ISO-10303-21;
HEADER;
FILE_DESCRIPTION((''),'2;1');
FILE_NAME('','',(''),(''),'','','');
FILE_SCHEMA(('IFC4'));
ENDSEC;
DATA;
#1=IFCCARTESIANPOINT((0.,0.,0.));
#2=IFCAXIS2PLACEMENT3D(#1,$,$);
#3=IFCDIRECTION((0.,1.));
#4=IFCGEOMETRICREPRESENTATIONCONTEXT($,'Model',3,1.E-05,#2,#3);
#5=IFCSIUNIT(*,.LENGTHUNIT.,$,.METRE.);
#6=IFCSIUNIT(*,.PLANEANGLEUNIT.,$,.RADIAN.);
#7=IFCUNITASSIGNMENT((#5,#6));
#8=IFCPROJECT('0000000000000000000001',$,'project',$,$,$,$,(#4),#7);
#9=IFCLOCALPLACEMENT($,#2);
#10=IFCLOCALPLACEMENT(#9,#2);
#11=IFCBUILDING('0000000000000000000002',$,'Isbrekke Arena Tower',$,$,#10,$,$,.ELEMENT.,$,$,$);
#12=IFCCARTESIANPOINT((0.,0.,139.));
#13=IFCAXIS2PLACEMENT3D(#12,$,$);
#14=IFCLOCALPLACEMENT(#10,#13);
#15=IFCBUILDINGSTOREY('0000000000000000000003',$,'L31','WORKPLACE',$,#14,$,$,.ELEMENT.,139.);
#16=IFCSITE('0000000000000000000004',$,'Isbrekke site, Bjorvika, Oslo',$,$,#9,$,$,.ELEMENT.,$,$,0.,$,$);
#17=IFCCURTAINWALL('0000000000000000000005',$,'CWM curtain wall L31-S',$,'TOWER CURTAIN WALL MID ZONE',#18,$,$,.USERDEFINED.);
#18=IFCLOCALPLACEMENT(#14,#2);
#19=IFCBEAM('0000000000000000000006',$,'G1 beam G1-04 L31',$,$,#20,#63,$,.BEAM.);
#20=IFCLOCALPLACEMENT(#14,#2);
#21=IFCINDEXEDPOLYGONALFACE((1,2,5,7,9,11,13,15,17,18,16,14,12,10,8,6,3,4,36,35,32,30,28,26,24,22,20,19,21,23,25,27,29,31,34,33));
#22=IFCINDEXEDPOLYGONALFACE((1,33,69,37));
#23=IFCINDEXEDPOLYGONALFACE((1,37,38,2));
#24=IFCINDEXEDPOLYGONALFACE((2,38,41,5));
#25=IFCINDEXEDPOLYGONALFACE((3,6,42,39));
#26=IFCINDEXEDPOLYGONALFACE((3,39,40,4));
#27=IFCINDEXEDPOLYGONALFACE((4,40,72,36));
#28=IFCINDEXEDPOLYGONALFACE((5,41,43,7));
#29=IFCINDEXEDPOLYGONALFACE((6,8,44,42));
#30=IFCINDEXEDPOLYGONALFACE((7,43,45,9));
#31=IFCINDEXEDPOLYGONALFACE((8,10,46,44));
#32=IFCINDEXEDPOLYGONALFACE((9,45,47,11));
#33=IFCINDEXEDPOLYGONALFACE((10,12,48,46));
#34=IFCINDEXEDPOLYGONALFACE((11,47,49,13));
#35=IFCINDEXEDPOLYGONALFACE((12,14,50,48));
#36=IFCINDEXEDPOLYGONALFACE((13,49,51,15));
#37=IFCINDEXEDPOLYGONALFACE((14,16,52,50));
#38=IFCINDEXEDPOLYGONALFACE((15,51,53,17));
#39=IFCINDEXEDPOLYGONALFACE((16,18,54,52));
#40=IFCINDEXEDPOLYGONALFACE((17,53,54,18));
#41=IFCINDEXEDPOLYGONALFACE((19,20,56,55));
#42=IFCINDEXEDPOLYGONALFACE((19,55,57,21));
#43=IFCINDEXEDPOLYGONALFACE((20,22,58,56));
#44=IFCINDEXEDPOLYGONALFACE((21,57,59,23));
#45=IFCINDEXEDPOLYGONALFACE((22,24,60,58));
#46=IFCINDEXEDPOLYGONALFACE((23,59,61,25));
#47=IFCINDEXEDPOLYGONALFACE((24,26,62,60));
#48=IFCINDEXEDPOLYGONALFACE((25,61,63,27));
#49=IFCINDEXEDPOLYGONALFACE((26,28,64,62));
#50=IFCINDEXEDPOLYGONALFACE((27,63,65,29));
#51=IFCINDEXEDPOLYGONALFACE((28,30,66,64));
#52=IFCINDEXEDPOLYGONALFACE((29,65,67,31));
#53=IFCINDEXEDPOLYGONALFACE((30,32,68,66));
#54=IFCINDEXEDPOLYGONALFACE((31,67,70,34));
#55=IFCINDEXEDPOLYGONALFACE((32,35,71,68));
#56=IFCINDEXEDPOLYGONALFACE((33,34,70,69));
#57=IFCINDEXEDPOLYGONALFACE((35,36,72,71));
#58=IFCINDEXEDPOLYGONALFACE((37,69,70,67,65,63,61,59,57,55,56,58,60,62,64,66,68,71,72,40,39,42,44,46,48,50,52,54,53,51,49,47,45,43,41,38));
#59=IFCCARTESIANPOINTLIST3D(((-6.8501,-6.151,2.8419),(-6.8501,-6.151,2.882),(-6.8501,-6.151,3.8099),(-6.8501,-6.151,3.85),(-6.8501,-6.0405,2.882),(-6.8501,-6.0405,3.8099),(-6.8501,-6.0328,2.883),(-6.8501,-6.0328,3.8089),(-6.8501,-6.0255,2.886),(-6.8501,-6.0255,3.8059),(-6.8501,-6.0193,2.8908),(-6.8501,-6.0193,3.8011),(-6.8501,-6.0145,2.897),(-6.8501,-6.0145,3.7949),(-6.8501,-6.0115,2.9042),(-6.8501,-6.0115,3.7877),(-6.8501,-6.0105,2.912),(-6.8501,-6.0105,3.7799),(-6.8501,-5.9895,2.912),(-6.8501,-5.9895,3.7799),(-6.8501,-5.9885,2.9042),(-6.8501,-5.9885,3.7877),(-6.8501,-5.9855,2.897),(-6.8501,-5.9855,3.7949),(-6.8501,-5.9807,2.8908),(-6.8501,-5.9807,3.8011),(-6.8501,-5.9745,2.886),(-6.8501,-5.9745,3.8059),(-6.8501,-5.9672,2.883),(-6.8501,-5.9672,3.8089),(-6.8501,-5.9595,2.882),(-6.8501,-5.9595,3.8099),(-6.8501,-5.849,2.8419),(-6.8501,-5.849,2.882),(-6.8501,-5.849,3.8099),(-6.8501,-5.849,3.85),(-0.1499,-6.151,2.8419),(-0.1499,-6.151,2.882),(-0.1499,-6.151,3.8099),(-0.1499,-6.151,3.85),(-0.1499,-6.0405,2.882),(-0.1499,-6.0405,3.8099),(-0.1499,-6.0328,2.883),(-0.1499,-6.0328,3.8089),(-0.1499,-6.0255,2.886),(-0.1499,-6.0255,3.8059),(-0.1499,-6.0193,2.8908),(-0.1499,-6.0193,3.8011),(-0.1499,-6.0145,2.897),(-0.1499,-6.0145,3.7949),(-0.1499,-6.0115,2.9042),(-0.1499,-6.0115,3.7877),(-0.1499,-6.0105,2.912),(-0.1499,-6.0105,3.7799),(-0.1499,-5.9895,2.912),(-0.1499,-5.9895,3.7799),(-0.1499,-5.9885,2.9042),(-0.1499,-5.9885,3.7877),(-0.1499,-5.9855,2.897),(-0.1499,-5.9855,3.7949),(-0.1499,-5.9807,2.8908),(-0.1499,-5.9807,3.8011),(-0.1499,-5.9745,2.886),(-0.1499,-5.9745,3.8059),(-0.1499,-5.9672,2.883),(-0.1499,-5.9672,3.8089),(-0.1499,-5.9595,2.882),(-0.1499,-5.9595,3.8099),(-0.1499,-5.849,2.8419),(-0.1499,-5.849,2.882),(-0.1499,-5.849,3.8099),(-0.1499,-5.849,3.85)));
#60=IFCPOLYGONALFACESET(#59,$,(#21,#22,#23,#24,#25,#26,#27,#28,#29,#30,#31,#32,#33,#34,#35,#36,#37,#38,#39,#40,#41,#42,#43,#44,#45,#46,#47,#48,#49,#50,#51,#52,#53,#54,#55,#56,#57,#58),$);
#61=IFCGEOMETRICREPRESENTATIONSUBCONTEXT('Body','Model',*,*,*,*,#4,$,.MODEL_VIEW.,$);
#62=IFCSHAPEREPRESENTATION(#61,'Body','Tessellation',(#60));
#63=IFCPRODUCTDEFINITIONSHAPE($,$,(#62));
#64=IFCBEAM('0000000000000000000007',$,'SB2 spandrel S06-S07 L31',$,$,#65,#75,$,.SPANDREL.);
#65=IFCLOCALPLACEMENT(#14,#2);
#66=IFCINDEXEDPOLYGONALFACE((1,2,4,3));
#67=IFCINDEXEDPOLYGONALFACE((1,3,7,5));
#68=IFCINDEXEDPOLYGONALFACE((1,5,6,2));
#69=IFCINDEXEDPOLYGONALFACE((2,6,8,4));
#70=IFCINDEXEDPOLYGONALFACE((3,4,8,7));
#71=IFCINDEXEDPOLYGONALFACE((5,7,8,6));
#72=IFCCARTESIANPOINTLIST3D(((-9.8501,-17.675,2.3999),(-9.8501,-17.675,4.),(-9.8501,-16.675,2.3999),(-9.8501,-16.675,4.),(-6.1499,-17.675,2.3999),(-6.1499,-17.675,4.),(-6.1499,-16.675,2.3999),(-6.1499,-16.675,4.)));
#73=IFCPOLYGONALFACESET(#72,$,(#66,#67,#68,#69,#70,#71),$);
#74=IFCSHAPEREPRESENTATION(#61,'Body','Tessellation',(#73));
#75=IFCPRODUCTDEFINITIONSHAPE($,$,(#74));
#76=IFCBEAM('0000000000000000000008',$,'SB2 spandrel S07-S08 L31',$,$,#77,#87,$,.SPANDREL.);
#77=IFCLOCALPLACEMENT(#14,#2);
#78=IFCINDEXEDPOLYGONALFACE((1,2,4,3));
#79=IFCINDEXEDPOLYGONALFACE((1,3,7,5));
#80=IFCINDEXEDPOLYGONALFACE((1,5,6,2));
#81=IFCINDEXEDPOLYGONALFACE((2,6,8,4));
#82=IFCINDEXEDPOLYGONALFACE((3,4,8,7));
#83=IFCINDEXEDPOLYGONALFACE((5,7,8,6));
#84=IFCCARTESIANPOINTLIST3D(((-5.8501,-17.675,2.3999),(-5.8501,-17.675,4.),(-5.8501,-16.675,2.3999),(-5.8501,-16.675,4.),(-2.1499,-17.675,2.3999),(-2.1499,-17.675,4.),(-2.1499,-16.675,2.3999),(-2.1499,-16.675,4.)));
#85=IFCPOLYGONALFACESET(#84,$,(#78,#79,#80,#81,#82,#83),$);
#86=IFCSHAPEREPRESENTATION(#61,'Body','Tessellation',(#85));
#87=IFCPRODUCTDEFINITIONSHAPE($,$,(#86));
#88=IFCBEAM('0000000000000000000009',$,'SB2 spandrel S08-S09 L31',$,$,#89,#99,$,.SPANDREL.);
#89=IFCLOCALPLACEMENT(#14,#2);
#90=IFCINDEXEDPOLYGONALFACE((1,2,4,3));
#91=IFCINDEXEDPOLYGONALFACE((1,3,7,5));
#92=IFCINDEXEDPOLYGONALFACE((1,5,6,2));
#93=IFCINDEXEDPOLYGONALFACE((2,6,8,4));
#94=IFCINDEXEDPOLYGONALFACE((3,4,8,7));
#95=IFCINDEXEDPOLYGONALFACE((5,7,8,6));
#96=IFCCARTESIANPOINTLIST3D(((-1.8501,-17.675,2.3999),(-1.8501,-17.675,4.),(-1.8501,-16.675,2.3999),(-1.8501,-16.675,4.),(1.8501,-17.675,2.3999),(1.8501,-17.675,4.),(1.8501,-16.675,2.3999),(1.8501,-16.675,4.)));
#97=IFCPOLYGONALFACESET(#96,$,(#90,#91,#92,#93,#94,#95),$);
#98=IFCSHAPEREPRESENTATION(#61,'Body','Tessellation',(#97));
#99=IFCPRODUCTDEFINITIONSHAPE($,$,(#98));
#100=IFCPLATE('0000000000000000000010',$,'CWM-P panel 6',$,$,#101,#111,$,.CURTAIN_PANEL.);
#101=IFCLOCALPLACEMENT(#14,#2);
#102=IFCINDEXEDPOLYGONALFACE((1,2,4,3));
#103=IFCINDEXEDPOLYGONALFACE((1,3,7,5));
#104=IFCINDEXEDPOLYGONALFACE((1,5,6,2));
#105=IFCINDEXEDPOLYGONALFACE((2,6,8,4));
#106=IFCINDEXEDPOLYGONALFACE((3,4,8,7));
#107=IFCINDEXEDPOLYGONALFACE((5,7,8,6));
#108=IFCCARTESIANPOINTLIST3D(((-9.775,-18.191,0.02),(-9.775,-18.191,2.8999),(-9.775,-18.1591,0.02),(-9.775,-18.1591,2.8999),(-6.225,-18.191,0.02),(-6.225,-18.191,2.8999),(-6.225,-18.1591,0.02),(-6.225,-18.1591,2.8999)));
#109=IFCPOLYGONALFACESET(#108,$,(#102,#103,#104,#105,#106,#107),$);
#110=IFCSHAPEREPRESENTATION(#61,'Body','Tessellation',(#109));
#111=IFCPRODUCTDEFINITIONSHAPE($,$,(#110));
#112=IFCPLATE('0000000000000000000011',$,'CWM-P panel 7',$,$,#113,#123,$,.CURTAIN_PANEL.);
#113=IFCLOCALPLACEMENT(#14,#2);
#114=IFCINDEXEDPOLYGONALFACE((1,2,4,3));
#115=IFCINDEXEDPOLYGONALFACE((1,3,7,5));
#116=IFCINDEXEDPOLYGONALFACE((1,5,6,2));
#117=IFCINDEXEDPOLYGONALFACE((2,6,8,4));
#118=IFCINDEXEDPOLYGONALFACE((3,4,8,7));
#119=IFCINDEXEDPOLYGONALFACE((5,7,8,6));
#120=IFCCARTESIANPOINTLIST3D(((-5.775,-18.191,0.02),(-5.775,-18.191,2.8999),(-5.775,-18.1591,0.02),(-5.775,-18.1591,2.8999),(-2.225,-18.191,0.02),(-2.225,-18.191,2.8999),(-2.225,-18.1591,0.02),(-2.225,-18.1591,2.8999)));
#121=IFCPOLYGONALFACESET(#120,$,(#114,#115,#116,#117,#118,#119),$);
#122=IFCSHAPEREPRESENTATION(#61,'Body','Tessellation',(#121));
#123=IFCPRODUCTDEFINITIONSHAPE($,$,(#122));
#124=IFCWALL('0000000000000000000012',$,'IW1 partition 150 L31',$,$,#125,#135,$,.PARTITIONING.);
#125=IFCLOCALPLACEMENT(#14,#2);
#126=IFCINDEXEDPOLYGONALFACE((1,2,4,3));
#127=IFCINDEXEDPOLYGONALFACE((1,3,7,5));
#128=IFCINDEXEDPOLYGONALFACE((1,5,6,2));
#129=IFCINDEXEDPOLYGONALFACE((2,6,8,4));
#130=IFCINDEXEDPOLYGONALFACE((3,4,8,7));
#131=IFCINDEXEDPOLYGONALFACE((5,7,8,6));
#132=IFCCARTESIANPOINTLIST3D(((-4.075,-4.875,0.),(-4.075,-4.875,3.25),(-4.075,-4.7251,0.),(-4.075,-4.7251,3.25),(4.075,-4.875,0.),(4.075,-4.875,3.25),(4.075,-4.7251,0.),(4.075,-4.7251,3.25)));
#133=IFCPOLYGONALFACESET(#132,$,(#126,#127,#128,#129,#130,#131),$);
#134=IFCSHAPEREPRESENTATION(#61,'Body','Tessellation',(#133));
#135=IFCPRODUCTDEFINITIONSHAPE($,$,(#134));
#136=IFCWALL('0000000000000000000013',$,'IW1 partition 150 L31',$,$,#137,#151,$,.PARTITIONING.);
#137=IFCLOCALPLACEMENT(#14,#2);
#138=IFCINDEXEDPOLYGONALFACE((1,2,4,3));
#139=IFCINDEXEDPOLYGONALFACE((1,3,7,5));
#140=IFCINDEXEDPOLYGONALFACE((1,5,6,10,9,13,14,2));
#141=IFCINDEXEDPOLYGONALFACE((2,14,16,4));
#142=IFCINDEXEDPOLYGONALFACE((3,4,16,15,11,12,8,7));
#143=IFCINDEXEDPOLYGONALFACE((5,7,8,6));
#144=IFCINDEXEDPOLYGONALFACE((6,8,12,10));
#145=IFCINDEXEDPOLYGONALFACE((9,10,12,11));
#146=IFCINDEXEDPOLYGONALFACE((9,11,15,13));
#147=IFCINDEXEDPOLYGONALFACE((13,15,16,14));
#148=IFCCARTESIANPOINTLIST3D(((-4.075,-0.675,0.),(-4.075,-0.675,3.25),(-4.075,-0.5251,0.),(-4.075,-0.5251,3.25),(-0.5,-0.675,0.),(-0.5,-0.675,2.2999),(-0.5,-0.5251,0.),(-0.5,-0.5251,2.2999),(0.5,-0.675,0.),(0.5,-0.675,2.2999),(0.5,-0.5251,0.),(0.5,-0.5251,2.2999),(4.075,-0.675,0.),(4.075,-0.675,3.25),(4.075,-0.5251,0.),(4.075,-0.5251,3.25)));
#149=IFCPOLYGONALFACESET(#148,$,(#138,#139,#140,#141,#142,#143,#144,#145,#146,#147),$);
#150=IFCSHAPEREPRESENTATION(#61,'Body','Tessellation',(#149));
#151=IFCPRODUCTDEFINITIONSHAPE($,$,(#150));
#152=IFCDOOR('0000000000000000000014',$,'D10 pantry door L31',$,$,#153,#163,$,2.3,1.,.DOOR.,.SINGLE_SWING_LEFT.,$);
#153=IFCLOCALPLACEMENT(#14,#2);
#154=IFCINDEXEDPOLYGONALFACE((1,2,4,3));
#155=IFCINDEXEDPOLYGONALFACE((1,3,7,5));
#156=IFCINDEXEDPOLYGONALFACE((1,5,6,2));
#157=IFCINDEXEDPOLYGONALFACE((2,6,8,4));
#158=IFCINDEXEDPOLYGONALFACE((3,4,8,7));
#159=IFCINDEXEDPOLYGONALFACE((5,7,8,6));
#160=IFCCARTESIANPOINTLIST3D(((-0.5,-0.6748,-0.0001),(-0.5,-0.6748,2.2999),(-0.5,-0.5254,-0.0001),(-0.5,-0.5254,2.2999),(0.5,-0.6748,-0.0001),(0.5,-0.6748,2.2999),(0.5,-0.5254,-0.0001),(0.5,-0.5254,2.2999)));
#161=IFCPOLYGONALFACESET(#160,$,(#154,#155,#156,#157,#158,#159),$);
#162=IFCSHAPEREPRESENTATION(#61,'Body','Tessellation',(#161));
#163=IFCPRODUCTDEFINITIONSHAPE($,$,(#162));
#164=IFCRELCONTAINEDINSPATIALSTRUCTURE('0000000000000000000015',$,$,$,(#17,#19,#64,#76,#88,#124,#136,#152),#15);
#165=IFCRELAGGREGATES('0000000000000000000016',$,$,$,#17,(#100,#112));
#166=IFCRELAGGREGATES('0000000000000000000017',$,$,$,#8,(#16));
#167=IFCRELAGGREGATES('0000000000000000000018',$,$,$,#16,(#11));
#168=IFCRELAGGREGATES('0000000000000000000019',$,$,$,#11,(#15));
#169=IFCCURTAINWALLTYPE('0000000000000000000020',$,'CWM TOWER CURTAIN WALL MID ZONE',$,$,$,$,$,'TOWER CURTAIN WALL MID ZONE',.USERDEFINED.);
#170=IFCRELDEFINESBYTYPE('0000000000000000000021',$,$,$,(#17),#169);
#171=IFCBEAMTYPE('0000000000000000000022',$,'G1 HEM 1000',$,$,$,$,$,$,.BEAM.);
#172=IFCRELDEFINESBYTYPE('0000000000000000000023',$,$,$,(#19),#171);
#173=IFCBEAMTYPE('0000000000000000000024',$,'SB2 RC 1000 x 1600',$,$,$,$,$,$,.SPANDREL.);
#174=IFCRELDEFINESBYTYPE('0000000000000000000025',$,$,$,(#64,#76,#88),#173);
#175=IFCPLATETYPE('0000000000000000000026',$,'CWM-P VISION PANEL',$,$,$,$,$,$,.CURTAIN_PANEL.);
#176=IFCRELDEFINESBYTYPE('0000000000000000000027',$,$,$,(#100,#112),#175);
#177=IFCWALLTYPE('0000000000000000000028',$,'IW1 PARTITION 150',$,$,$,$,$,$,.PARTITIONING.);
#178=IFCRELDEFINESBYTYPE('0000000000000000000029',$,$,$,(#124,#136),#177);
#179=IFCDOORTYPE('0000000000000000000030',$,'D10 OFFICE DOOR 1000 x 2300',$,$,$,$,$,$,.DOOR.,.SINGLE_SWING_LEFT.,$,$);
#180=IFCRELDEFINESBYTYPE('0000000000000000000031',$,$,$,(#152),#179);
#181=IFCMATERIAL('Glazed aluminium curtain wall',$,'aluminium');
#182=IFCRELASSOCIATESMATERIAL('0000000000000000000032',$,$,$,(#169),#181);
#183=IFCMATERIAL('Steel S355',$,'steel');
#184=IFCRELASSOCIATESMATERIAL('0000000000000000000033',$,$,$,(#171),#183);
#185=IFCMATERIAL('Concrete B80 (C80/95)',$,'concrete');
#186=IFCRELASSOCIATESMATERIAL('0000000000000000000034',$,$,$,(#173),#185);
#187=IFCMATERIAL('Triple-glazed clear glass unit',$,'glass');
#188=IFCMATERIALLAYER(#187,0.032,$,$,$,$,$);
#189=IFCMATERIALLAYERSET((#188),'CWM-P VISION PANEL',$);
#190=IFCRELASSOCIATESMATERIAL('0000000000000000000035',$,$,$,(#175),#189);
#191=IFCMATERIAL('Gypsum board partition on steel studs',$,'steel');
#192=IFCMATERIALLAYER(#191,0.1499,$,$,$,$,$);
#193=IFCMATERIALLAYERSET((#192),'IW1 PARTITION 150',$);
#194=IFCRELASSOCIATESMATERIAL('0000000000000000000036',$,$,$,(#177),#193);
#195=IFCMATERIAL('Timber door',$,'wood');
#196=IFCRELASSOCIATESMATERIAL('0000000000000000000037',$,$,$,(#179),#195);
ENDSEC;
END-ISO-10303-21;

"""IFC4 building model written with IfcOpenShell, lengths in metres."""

from ifc_helpers import new_model, si_unit, direction, frame, frame_2d, origin, origin_2d, place, context, subcontext, project, spatial, rectangle, i_section, extrude, material, layer, layer_set, material_profile, profile_set, type_object, element, fill, aggregate, save


model = new_model("IFC4")

# Units and contexts
model_context = context("Model", 3, precision=1e-05, world=origin(), true_north=direction((0.0, 1.0)))
body_context = subcontext(model_context, "Body", "Model", "MODEL_VIEW")
ifc_project = project(units=[si_unit("LENGTHUNIT", "METRE"), si_unit("PLANEANGLEUNIT", "RADIAN")], contexts=[model_context])

# Site, building, storey
site_placement = place(None, origin())
site = spatial("IfcSite", under=ifc_project, at=site_placement, Name="Isbrekke site, Bjorvika, Oslo", CompositionType="ELEMENT", RefElevation=0.0)
building_placement = place(site_placement, origin())
building = spatial("IfcBuilding", under=site, at=building_placement, Name="Isbrekke Arena Tower", CompositionType="ELEMENT")
storey_placement = place(building_placement, frame((0.0, 0.0, 139.0)))
storey = spatial("IfcBuildingStorey", under=building, at=storey_placement, Name="L31", Description="WORKPLACE", CompositionType="ELEMENT", Elevation=139.0)

# Curtain wall
ifc_material_1 = material(Name="Glazed aluminium curtain wall", Category="aluminium")
curtain_wall_type = type_object("IfcCurtainWallType", Name="CWM TOWER CURTAIN WALL MID ZONE", ElementType="TOWER CURTAIN WALL MID ZONE", PredefinedType="USERDEFINED", material=ifc_material_1)
curtain_wall_placement = place(storey_placement, origin())
curtain_wall = element("IfcCurtainWall", 1, at=curtain_wall_placement, inside=storey, type_object=curtain_wall_type, Name="CWM curtain wall L31-S", ObjectType="TOWER CURTAIN WALL MID ZONE", PredefinedType="USERDEFINED")

# Beams
ifc_material_2 = material(Name="Steel S355", Category="steel")
ifc_material_profile_1 = material_profile(ifc_material_2, i_section(OverallWidth=0.302, OverallDepth=1.0081, WebThickness=0.021, FlangeThickness=0.04, FilletRadius=0.03, at=origin_2d()), Name="HEM 1000")
ifc_profile_set_1 = profile_set([ifc_material_profile_1], Name="Steel S355")
beam_type_1 = type_object("IfcBeamType", Name="G1 HEM 1000", PredefinedType="BEAM", material=ifc_profile_set_1)
beam_1_placement = place(storey_placement, frame((-6.8501, -6.0, 3.3459), z_axis=(1.0, 0.0, 0.0), x_axis=(0.0, 1.0, 0.0)))
element("IfcBeam", 2, at=beam_1_placement, inside=storey, type_object=beam_type_1, Name="G1 beam G1-04 L31", PredefinedType="BEAM", context=body_context, shape_type="SweptSolid", body=[
    extrude(i_section(OverallWidth=0.302, OverallDepth=1.0081, WebThickness=0.021, FlangeThickness=0.04, FilletRadius=0.03, at=origin_2d()), origin(), (0.0, 0.0, 1.0), 6.7002),
])
ifc_material_3 = material(Name="Concrete B80 (C80/95)", Category="concrete")
ifc_material_profile_2 = material_profile(ifc_material_3, rectangle(XDim=1.0, YDim=1.6001, at=origin_2d()), Name="RC 1000x1600")
ifc_profile_set_2 = profile_set([ifc_material_profile_2], Name="Concrete B80 (C80/95)")
beam_type_2 = type_object("IfcBeamType", Name="SB2 RC 1000 x 1600", PredefinedType="SPANDREL", material=ifc_profile_set_2)
for number, where, z_axis, x_axis, name in (
    (3, (-9.8501, -17.175, 3.2), (1.0, 0.0, 0.0), (0.0, 1.0, 0.0), "SB2 spandrel S06-S07 L31"),
    (4, (-5.8501, -17.175, 3.2), (1.0, 0.0, 0.0), (0.0, 1.0, 0.0), "SB2 spandrel S07-S08 L31"),
    (5, (-1.8501, -17.175, 3.2), (1.0, 0.0, 0.0), (0.0, 1.0, 0.0), "SB2 spandrel S08-S09 L31"),
):
    element("IfcBeam", number, at=place(storey_placement, frame(where, z_axis=z_axis, x_axis=x_axis)), inside=storey, type_object=beam_type_2, Name=name, PredefinedType="SPANDREL", context=body_context, shape_type="SweptSolid", body=[
        extrude(rectangle(XDim=1.0, YDim=1.6001, at=origin_2d()), origin(), (0.0, 0.0, 1.0), 3.7002),
    ])

# Plates
ifc_material_4 = material(Name="Triple-glazed clear glass unit", Category="glass")
ifc_layer_1 = layer(ifc_material_4, 0.032)
ifc_layer_set_1 = layer_set([ifc_layer_1], Name="CWM-P VISION PANEL")
plate_type = type_object("IfcPlateType", Name="CWM-P VISION PANEL", PredefinedType="CURTAIN_PANEL", material=ifc_layer_set_1)
plate_1_placement = place(storey_placement, frame((-8.0, -18.175, 0.02), z_axis=(0.0, 0.0, 1.0), x_axis=(1.0, 0.0, 0.0)))
plate_1 = element("IfcPlate", 6, at=plate_1_placement, type_object=plate_type, Name="CWM-P panel 6", PredefinedType="CURTAIN_PANEL", context=body_context, shape_type="SweptSolid", body=[
    extrude(rectangle(XDim=3.55, YDim=0.032, at=origin_2d()), origin(), (0.0, 0.0, 1.0), 2.8799),
])
plate_2_placement = place(storey_placement, frame((-4.0, -18.175, 0.02), z_axis=(0.0, 0.0, 1.0), x_axis=(1.0, 0.0, 0.0)))
plate_2 = element("IfcPlate", 7, at=plate_2_placement, type_object=plate_type, Name="CWM-P panel 7", PredefinedType="CURTAIN_PANEL", context=body_context, shape_type="SweptSolid", body=[
    extrude(rectangle(XDim=3.55, YDim=0.032, at=origin_2d()), origin(), (0.0, 0.0, 1.0), 2.8799),
])
aggregate(curtain_wall, [plate_1, plate_2])

# Wall
ifc_material_5 = material(Name="Gypsum board partition on steel studs", Category="steel")
ifc_layer_2 = layer(ifc_material_5, 0.1499)
ifc_layer_set_2 = layer_set([ifc_layer_2], Name="IW1 PARTITION 150")
wall_type_1 = type_object("IfcWallType", Name="IW1 PARTITION 150", PredefinedType="PARTITIONING", material=ifc_layer_set_2)
wall_1_placement = place(storey_placement, frame((-4.075, -4.8, 0.0), z_axis=(0.0, 0.0, 1.0), x_axis=(1.0, 0.0, 0.0)))
element("IfcWall", 8, at=wall_1_placement, inside=storey, type_object=wall_type_1, Name="IW1 partition 150 L31", PredefinedType="PARTITIONING", context=body_context, shape_type="SweptSolid", body=[
    extrude(rectangle(XDim=8.1499, YDim=0.1499, at=frame_2d((4.075, 0.0))), origin(), (0.0, 0.0, 1.0), 3.25),
])

# Wall, opening, door
wall_2_placement = place(storey_placement, frame((-4.075, -0.6001, 0.0), z_axis=(0.0, 0.0, 1.0), x_axis=(1.0, 0.0, 0.0)))
wall_2 = element("IfcWall", 9, at=wall_2_placement, inside=storey, type_object=wall_type_1, Name="IW1 partition 150 L31", PredefinedType="PARTITIONING", context=body_context, shape_type="SweptSolid", body=[
    extrude(rectangle(XDim=8.1499, YDim=0.1499, at=frame_2d((4.075, 0.0))), origin(), (0.0, 0.0, 1.0), 3.25),
])
opening_1_placement = place(wall_2_placement, frame((3.575, 0.0, 0.0)))
opening_1 = element("IfcOpeningElement", 10, at=opening_1_placement, cuts=wall_2, PredefinedType="OPENING", context=body_context, shape_type="SweptSolid", body=[
    extrude(rectangle(XDim=1.0, YDim=2.3, at=frame_2d((0.5, 1.1499))), frame((0.0, 0.0898, 0.0), z_axis=(0.0, -1.0, 0.0), x_axis=(1.0, 0.0, 0.0)), (0.0, 0.0, 1.0), 0.1797),
])
ifc_material_6 = material(Name="Timber door", Category="wood")
door_type = type_object("IfcDoorType", Name="D10 OFFICE DOOR 1000 x 2300", OperationType="SINGLE_SWING_LEFT", PredefinedType="DOOR", material=ifc_material_6)
door_1_placement = place(opening_1_placement, origin())
door_1 = element("IfcDoor", 11, at=door_1_placement, inside=storey, type_object=door_type, Name="D10 pantry door L31", OperationType="SINGLE_SWING_LEFT", OverallHeight=2.3, OverallWidth=1.0, PredefinedType="DOOR", context=body_context, shape_type="SweptSolid", body=[
    extrude(rectangle(XDim=1.0, YDim=2.3, at=frame_2d((0.5, 1.1499))), frame((0.0, 0.0747, 0.0), z_axis=(0.0, -1.0, 0.0), x_axis=(1.0, 0.0, 0.0)), (0.0, 0.0, 1.0), 0.1494),
])
fill(opening_1, door_1)

save(model, "model.ifc")
